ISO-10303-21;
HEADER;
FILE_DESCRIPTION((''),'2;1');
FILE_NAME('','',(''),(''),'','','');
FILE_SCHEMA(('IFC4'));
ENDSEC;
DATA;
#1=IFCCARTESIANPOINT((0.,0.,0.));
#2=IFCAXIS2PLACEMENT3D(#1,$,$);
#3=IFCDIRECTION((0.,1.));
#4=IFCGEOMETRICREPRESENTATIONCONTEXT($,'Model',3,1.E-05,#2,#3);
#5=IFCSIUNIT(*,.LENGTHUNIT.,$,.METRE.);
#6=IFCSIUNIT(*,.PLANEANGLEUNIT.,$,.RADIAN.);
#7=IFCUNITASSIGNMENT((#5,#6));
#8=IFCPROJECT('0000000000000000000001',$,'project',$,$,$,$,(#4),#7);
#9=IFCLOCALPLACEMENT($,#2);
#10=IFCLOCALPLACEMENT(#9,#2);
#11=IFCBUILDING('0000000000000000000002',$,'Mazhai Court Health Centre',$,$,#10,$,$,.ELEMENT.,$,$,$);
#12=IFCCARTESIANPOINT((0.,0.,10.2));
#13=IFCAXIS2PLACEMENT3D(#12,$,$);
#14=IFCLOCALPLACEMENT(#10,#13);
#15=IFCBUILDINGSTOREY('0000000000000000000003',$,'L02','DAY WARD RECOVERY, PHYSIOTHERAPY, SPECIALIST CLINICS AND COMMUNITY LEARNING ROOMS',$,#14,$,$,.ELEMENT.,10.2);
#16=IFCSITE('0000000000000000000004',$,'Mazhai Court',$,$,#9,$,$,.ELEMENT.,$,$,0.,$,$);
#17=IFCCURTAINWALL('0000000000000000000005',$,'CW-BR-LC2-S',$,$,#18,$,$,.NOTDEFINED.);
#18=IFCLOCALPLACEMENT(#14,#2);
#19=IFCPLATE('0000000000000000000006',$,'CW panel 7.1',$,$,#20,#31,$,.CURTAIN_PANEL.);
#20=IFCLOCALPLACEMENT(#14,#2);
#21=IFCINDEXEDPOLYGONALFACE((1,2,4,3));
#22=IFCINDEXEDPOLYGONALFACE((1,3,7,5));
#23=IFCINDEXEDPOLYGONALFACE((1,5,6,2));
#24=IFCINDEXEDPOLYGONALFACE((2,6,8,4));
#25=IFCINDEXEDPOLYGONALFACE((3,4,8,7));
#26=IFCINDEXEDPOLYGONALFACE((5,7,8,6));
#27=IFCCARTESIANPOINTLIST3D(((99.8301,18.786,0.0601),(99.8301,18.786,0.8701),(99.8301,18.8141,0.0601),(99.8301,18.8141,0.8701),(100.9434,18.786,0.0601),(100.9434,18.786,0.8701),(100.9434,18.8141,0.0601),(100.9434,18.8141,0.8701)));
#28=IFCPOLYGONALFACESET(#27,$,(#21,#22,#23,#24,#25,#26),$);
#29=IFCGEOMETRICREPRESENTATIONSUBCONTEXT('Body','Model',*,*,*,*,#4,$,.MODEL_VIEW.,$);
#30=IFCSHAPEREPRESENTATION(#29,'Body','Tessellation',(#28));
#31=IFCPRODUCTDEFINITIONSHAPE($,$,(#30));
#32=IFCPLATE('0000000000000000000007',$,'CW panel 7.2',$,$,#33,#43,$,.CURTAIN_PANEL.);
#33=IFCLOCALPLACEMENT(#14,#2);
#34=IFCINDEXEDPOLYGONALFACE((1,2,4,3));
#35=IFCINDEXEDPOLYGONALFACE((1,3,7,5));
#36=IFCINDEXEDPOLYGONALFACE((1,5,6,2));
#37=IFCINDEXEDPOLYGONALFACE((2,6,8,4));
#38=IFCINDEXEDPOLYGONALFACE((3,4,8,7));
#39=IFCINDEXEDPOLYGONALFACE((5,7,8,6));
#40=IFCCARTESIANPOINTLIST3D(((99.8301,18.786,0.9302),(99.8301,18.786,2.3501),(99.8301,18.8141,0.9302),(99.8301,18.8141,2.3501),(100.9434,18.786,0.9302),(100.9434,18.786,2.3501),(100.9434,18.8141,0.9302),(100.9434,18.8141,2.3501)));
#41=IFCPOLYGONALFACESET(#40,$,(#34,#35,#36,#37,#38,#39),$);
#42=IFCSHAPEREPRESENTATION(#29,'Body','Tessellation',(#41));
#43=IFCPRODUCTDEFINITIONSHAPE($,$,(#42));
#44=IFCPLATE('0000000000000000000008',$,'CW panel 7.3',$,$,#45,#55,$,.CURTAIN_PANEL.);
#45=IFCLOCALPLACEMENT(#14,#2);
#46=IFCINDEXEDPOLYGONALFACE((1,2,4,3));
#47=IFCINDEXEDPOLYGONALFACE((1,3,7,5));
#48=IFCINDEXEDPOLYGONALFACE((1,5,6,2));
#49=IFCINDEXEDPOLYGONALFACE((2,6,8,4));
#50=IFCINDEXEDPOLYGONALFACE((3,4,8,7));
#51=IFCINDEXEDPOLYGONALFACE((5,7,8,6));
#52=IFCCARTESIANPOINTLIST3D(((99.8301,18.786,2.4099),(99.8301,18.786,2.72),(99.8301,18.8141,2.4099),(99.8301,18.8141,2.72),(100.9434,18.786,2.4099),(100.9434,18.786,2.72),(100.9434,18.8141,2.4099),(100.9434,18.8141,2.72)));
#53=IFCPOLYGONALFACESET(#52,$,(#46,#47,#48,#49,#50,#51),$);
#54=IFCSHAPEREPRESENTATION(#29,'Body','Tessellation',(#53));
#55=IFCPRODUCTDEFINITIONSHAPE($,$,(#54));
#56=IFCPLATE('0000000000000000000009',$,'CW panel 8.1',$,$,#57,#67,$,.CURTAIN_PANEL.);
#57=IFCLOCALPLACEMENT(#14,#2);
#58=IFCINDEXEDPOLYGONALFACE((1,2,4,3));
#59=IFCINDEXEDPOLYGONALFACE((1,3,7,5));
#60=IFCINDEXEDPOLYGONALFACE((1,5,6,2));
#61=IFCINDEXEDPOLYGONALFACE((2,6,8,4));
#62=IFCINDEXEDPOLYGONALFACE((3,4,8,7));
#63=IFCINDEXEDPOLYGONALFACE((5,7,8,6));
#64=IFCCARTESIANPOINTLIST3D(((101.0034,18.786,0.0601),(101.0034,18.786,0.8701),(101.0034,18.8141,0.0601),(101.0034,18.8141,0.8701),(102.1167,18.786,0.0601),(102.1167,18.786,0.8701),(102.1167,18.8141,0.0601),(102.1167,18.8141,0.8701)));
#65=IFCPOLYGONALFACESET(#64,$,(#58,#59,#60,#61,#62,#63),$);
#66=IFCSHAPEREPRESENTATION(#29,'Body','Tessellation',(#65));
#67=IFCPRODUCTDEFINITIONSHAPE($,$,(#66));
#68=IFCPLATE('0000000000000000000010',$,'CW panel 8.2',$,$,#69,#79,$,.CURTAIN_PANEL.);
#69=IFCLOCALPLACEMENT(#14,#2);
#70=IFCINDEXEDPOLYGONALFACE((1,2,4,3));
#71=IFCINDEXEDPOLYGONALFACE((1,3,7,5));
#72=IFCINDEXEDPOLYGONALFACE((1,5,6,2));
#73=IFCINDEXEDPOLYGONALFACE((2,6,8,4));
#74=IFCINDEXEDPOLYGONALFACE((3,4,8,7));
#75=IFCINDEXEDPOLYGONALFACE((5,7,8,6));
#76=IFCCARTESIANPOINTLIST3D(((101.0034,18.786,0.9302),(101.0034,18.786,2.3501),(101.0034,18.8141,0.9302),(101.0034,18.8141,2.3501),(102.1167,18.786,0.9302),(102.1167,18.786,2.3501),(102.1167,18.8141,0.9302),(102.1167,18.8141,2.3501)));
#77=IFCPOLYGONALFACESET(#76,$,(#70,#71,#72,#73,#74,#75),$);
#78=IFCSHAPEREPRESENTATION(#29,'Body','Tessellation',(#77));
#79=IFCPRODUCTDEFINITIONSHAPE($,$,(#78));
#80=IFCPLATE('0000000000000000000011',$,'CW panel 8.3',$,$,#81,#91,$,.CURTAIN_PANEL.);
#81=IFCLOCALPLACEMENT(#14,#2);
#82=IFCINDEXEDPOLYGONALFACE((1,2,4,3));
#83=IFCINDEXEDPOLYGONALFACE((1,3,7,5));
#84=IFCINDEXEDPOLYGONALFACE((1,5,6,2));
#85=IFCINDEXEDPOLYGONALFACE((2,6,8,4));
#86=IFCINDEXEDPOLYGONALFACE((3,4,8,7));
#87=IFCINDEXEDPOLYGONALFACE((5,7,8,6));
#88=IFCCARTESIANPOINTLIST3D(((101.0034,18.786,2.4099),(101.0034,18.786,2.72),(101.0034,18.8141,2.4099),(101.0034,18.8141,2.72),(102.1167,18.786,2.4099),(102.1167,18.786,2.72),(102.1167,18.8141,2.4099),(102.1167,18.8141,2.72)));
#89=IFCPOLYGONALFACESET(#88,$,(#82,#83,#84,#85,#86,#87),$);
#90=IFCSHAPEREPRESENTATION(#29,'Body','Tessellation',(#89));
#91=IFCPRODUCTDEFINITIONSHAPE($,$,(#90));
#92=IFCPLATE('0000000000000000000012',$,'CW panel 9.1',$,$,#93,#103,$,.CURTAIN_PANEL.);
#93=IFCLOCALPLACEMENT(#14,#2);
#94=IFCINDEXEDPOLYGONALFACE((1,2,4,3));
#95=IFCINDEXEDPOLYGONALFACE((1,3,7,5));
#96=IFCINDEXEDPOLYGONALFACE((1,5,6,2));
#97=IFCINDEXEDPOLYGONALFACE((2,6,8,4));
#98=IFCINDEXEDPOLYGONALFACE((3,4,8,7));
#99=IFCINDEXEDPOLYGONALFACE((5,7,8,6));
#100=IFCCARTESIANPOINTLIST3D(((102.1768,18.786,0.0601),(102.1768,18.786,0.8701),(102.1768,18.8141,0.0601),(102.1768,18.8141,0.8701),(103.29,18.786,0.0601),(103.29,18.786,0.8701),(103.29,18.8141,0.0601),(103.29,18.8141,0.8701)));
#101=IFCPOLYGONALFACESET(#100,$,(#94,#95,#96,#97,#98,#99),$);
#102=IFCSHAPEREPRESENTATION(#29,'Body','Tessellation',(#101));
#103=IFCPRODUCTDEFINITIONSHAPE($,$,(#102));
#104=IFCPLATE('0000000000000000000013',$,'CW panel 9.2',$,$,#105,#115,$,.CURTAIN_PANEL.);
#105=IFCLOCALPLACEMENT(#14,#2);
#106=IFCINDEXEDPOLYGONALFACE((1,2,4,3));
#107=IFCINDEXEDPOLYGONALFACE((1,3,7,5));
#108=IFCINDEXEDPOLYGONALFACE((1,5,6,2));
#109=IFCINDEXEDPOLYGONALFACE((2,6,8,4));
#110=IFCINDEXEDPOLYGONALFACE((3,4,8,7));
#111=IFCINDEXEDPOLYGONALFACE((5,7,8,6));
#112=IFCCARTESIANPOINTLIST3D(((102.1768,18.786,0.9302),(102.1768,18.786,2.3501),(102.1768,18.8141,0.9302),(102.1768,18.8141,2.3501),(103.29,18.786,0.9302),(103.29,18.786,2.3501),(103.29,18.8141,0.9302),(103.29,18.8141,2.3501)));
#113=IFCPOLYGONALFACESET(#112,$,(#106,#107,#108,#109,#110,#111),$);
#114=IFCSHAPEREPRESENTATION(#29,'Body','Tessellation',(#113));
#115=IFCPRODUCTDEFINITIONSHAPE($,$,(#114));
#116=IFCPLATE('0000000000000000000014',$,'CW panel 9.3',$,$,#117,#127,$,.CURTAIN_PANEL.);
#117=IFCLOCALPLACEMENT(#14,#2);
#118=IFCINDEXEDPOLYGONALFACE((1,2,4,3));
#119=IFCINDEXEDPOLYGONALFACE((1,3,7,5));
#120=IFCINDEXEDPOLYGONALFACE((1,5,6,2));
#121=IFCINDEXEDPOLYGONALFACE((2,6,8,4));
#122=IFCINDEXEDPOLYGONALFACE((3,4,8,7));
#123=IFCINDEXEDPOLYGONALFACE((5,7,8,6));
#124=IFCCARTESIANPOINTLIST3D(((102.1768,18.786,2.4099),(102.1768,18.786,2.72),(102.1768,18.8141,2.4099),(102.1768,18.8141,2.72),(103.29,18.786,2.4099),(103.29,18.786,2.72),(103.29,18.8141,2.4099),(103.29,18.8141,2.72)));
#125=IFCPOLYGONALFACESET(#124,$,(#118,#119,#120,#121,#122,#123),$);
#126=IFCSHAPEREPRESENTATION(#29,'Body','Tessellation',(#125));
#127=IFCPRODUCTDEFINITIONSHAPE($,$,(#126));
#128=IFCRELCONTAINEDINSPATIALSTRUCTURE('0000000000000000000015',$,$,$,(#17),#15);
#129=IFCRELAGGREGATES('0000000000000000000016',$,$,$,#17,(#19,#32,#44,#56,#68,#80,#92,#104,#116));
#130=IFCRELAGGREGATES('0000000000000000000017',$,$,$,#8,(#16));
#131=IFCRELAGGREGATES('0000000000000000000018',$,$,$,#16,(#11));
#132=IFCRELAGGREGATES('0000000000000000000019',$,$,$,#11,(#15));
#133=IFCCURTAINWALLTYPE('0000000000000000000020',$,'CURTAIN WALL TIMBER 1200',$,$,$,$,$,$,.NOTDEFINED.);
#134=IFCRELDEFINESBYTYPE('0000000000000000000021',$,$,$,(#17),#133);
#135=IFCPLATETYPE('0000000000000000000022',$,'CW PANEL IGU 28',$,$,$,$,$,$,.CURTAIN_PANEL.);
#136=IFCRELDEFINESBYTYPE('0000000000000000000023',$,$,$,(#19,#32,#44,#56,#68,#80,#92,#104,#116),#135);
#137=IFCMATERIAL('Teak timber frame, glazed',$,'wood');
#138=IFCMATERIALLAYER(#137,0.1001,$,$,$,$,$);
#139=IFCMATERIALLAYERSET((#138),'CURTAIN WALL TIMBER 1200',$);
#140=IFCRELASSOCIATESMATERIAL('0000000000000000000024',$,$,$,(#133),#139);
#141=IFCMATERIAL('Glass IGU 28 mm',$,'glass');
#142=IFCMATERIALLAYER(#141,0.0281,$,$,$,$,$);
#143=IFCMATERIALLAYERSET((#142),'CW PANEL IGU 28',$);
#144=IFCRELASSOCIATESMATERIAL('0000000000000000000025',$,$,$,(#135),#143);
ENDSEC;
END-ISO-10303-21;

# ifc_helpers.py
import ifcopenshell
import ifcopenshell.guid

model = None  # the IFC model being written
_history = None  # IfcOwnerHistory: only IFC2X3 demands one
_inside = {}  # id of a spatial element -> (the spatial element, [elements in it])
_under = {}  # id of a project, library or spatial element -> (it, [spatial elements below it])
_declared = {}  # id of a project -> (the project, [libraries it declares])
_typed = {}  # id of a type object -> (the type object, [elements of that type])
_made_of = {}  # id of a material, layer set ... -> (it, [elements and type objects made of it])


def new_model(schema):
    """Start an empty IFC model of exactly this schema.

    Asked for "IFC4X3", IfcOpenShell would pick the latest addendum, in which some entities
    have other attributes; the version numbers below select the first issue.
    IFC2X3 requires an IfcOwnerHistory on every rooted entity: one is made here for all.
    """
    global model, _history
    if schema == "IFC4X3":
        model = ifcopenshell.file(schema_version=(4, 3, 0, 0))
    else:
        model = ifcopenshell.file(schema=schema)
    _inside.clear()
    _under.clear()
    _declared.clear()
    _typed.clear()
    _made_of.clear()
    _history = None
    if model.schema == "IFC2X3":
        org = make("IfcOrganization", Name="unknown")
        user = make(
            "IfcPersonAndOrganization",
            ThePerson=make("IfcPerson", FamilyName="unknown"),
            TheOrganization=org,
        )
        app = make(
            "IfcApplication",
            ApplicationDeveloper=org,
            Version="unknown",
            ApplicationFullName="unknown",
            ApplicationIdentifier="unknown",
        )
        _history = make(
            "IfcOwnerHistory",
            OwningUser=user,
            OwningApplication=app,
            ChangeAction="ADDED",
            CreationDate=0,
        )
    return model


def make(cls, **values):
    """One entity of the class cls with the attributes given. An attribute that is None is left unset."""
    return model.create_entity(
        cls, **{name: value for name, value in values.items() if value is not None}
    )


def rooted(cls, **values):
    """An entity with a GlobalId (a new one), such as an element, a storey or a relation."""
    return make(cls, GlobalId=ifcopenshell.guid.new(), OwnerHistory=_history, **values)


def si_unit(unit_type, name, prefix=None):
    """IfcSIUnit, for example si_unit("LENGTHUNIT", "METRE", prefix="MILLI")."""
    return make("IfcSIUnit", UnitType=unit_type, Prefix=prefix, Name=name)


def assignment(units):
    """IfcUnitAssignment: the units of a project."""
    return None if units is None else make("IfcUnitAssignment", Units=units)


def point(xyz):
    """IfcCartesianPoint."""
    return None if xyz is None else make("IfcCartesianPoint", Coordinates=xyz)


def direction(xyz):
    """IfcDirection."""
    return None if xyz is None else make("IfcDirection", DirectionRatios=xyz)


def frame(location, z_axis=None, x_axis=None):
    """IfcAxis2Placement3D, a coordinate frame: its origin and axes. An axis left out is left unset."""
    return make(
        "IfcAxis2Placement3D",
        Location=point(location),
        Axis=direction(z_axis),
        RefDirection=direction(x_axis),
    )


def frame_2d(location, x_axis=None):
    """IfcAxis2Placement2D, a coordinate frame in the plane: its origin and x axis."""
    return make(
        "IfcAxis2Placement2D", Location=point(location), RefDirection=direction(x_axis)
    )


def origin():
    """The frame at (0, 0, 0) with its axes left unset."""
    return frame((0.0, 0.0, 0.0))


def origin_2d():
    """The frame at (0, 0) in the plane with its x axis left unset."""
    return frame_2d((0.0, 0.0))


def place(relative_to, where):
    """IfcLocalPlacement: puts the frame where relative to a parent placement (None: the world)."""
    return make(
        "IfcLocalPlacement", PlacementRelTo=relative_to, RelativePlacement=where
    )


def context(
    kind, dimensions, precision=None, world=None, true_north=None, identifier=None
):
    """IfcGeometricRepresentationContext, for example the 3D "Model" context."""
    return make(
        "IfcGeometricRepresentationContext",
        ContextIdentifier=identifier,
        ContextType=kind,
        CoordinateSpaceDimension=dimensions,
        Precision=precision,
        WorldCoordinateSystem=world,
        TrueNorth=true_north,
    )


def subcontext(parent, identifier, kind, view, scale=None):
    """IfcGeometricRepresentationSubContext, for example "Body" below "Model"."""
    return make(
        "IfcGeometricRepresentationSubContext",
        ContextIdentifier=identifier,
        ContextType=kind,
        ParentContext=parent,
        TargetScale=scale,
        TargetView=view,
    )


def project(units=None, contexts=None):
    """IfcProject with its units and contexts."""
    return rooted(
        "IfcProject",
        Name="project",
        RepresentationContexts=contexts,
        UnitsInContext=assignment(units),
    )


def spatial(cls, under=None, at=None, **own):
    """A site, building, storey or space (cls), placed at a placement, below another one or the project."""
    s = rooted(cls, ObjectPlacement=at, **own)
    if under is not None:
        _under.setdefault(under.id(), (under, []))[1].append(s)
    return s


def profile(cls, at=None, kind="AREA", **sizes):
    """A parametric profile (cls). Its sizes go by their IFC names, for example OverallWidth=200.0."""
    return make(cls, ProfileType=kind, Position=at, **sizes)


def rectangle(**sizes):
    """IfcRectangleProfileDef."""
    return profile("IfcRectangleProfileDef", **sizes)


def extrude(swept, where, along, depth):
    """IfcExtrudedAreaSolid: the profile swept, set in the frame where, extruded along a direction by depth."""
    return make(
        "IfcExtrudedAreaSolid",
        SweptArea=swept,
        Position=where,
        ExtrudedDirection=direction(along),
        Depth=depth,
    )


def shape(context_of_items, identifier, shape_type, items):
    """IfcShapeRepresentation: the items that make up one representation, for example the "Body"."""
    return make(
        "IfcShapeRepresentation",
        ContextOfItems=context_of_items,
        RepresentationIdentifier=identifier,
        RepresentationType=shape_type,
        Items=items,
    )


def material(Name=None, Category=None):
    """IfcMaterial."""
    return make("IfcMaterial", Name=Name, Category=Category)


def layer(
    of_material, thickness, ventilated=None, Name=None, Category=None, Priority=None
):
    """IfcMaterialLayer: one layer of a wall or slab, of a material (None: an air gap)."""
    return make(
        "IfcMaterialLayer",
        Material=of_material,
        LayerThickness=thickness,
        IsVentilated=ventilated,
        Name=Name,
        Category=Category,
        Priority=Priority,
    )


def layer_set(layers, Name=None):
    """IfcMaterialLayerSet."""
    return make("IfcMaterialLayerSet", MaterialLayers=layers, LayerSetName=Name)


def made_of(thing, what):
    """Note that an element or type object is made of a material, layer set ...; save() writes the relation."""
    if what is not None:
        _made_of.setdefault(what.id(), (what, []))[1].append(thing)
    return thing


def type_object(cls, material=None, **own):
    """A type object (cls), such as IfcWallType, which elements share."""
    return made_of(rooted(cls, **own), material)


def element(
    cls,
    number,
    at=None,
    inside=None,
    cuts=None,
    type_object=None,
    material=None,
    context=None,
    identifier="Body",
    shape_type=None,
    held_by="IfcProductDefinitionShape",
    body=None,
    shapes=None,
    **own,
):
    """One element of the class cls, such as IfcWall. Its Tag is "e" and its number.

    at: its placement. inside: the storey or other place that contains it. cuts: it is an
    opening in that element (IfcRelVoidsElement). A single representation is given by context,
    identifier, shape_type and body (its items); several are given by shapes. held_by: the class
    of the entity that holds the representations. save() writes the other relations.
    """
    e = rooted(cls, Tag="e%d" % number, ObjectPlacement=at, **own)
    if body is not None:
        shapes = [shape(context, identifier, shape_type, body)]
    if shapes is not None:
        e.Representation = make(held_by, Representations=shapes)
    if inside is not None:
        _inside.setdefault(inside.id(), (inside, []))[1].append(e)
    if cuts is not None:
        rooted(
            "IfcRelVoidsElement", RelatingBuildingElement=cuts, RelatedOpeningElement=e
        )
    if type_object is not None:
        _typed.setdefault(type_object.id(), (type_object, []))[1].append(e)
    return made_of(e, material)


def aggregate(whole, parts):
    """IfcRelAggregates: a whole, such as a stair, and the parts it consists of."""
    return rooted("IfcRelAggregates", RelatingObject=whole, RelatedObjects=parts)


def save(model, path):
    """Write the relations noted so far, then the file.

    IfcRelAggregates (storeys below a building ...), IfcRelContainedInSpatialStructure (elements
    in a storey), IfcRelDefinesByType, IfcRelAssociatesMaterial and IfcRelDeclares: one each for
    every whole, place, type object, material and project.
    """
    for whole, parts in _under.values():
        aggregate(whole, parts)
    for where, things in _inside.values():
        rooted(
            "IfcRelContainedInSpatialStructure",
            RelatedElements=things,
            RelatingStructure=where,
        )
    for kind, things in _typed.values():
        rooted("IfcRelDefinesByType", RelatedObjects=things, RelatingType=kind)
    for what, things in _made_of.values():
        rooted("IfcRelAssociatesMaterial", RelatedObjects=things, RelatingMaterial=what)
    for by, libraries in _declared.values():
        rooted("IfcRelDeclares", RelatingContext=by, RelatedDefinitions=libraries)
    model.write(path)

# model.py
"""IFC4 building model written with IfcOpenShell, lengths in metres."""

from ifc_helpers import new_model, si_unit, direction, frame, origin, origin_2d, place, context, subcontext, project, spatial, rectangle, extrude, material, layer, layer_set, type_object, element, aggregate, save


model = new_model("IFC4")

# Units and contexts
model_context = context("Model", 3, precision=1e-05, world=origin(), true_north=direction((0.0, 1.0)))
body_context = subcontext(model_context, "Body", "Model", "MODEL_VIEW")
ifc_project = project(units=[si_unit("LENGTHUNIT", "METRE"), si_unit("PLANEANGLEUNIT", "RADIAN")], contexts=[model_context])

# Site, building, storey
site_placement = place(None, origin())
site = spatial("IfcSite", under=ifc_project, at=site_placement, Name="Mazhai Court", CompositionType="ELEMENT", RefElevation=0.0)
building_placement = place(site_placement, origin())
building = spatial("IfcBuilding", under=site, at=building_placement, Name="Mazhai Court Health Centre", CompositionType="ELEMENT")
storey_placement = place(building_placement, frame((0.0, 0.0, 10.2)))
storey = spatial("IfcBuildingStorey", under=building, at=storey_placement, Name="L02", Description="DAY WARD RECOVERY, PHYSIOTHERAPY, SPECIALIST CLINICS AND COMMUNITY LEARNING ROOMS", CompositionType="ELEMENT", Elevation=10.2)

# Curtain wall, plates
ifc_material_1 = material(Name="Teak timber frame, glazed", Category="wood")
ifc_layer_1 = layer(ifc_material_1, 0.1001)
ifc_layer_set_1 = layer_set([ifc_layer_1], Name="CURTAIN WALL TIMBER 1200")
curtain_wall_type = type_object("IfcCurtainWallType", Name="CURTAIN WALL TIMBER 1200", PredefinedType="NOTDEFINED", material=ifc_layer_set_1)
curtain_wall_placement = place(storey_placement, origin())
curtain_wall = element("IfcCurtainWall", 1, at=curtain_wall_placement, inside=storey, type_object=curtain_wall_type, Name="CW-BR-LC2-S", PredefinedType="NOTDEFINED")
ifc_material_2 = material(Name="Glass IGU 28 mm", Category="glass")
ifc_layer_2 = layer(ifc_material_2, 0.0281)
ifc_layer_set_2 = layer_set([ifc_layer_2], Name="CW PANEL IGU 28")
plate_type = type_object("IfcPlateType", Name="CW PANEL IGU 28", PredefinedType="CURTAIN_PANEL", material=ifc_layer_set_2)
plate_1_placement = place(storey_placement, frame((100.3867, 18.8, 0.0601), z_axis=(0.0, 0.0, 1.0), x_axis=(1.0, 0.0, 0.0)))
plate_1 = element("IfcPlate", 2, at=plate_1_placement, type_object=plate_type, Name="CW panel 7.1", PredefinedType="CURTAIN_PANEL", context=body_context, shape_type="SweptSolid", body=[
    extrude(rectangle(XDim=1.1133, YDim=0.0281, at=origin_2d()), origin(), (0.0, 0.0, 1.0), 0.8101),
])
plate_2_placement = place(storey_placement, frame((100.3867, 18.8, 0.9302), z_axis=(0.0, 0.0, 1.0), x_axis=(1.0, 0.0, 0.0)))
plate_2 = element("IfcPlate", 3, at=plate_2_placement, type_object=plate_type, Name="CW panel 7.2", PredefinedType="CURTAIN_PANEL", context=body_context, shape_type="SweptSolid", body=[
    extrude(rectangle(XDim=1.1133, YDim=0.0281, at=origin_2d()), origin(), (0.0, 0.0, 1.0), 1.4199),
])
plate_3_placement = place(storey_placement, frame((100.3867, 18.8, 2.4099), z_axis=(0.0, 0.0, 1.0), x_axis=(1.0, 0.0, 0.0)))
plate_3 = element("IfcPlate", 4, at=plate_3_placement, type_object=plate_type, Name="CW panel 7.3", PredefinedType="CURTAIN_PANEL", context=body_context, shape_type="SweptSolid", body=[
    extrude(rectangle(XDim=1.1133, YDim=0.0281, at=origin_2d()), origin(), (0.0, 0.0, 1.0), 0.3101),
])
plate_4_placement = place(storey_placement, frame((101.5601, 18.8, 0.0601), z_axis=(0.0, 0.0, 1.0), x_axis=(1.0, 0.0, 0.0)))
plate_4 = element("IfcPlate", 5, at=plate_4_placement, type_object=plate_type, Name="CW panel 8.1", PredefinedType="CURTAIN_PANEL", context=body_context, shape_type="SweptSolid", body=[
    extrude(rectangle(XDim=1.1133, YDim=0.0281, at=origin_2d()), origin(), (0.0, 0.0, 1.0), 0.8101),
])
plate_5_placement = place(storey_placement, frame((101.5601, 18.8, 0.9302), z_axis=(0.0, 0.0, 1.0), x_axis=(1.0, 0.0, 0.0)))
plate_5 = element("IfcPlate", 6, at=plate_5_placement, type_object=plate_type, Name="CW panel 8.2", PredefinedType="CURTAIN_PANEL", context=body_context, shape_type="SweptSolid", body=[
    extrude(rectangle(XDim=1.1133, YDim=0.0281, at=origin_2d()), origin(), (0.0, 0.0, 1.0), 1.4199),
])
plate_6_placement = place(storey_placement, frame((101.5601, 18.8, 2.4099), z_axis=(0.0, 0.0, 1.0), x_axis=(1.0, 0.0, 0.0)))
plate_6 = element("IfcPlate", 7, at=plate_6_placement, type_object=plate_type, Name="CW panel 8.3", PredefinedType="CURTAIN_PANEL", context=body_context, shape_type="SweptSolid", body=[
    extrude(rectangle(XDim=1.1133, YDim=0.0281, at=origin_2d()), origin(), (0.0, 0.0, 1.0), 0.3101),
])
plate_7_placement = place(storey_placement, frame((102.7334, 18.8, 0.0601), z_axis=(0.0, 0.0, 1.0), x_axis=(1.0, 0.0, 0.0)))
plate_7 = element("IfcPlate", 8, at=plate_7_placement, type_object=plate_type, Name="CW panel 9.1", PredefinedType="CURTAIN_PANEL", context=body_context, shape_type="SweptSolid", body=[
    extrude(rectangle(XDim=1.1133, YDim=0.0281, at=origin_2d()), origin(), (0.0, 0.0, 1.0), 0.8101),
])
plate_8_placement = place(storey_placement, frame((102.7334, 18.8, 0.9302), z_axis=(0.0, 0.0, 1.0), x_axis=(1.0, 0.0, 0.0)))
plate_8 = element("IfcPlate", 9, at=plate_8_placement, type_object=plate_type, Name="CW panel 9.2", PredefinedType="CURTAIN_PANEL", context=body_context, shape_type="SweptSolid", body=[
    extrude(rectangle(XDim=1.1133, YDim=0.0281, at=origin_2d()), origin(), (0.0, 0.0, 1.0), 1.4199),
])
plate_9_placement = place(storey_placement, frame((102.7334, 18.8, 2.4099), z_axis=(0.0, 0.0, 1.0), x_axis=(1.0, 0.0, 0.0)))
plate_9 = element("IfcPlate", 10, at=plate_9_placement, type_object=plate_type, Name="CW panel 9.3", PredefinedType="CURTAIN_PANEL", context=body_context, shape_type="SweptSolid", body=[
    extrude(rectangle(XDim=1.1133, YDim=0.0281, at=origin_2d()), origin(), (0.0, 0.0, 1.0), 0.3101),
])
aggregate(curtain_wall, [plate_1, plate_2, plate_3, plate_4, plate_5, plate_6, plate_7, plate_8, plate_9])

save(model, "model.ifc")
